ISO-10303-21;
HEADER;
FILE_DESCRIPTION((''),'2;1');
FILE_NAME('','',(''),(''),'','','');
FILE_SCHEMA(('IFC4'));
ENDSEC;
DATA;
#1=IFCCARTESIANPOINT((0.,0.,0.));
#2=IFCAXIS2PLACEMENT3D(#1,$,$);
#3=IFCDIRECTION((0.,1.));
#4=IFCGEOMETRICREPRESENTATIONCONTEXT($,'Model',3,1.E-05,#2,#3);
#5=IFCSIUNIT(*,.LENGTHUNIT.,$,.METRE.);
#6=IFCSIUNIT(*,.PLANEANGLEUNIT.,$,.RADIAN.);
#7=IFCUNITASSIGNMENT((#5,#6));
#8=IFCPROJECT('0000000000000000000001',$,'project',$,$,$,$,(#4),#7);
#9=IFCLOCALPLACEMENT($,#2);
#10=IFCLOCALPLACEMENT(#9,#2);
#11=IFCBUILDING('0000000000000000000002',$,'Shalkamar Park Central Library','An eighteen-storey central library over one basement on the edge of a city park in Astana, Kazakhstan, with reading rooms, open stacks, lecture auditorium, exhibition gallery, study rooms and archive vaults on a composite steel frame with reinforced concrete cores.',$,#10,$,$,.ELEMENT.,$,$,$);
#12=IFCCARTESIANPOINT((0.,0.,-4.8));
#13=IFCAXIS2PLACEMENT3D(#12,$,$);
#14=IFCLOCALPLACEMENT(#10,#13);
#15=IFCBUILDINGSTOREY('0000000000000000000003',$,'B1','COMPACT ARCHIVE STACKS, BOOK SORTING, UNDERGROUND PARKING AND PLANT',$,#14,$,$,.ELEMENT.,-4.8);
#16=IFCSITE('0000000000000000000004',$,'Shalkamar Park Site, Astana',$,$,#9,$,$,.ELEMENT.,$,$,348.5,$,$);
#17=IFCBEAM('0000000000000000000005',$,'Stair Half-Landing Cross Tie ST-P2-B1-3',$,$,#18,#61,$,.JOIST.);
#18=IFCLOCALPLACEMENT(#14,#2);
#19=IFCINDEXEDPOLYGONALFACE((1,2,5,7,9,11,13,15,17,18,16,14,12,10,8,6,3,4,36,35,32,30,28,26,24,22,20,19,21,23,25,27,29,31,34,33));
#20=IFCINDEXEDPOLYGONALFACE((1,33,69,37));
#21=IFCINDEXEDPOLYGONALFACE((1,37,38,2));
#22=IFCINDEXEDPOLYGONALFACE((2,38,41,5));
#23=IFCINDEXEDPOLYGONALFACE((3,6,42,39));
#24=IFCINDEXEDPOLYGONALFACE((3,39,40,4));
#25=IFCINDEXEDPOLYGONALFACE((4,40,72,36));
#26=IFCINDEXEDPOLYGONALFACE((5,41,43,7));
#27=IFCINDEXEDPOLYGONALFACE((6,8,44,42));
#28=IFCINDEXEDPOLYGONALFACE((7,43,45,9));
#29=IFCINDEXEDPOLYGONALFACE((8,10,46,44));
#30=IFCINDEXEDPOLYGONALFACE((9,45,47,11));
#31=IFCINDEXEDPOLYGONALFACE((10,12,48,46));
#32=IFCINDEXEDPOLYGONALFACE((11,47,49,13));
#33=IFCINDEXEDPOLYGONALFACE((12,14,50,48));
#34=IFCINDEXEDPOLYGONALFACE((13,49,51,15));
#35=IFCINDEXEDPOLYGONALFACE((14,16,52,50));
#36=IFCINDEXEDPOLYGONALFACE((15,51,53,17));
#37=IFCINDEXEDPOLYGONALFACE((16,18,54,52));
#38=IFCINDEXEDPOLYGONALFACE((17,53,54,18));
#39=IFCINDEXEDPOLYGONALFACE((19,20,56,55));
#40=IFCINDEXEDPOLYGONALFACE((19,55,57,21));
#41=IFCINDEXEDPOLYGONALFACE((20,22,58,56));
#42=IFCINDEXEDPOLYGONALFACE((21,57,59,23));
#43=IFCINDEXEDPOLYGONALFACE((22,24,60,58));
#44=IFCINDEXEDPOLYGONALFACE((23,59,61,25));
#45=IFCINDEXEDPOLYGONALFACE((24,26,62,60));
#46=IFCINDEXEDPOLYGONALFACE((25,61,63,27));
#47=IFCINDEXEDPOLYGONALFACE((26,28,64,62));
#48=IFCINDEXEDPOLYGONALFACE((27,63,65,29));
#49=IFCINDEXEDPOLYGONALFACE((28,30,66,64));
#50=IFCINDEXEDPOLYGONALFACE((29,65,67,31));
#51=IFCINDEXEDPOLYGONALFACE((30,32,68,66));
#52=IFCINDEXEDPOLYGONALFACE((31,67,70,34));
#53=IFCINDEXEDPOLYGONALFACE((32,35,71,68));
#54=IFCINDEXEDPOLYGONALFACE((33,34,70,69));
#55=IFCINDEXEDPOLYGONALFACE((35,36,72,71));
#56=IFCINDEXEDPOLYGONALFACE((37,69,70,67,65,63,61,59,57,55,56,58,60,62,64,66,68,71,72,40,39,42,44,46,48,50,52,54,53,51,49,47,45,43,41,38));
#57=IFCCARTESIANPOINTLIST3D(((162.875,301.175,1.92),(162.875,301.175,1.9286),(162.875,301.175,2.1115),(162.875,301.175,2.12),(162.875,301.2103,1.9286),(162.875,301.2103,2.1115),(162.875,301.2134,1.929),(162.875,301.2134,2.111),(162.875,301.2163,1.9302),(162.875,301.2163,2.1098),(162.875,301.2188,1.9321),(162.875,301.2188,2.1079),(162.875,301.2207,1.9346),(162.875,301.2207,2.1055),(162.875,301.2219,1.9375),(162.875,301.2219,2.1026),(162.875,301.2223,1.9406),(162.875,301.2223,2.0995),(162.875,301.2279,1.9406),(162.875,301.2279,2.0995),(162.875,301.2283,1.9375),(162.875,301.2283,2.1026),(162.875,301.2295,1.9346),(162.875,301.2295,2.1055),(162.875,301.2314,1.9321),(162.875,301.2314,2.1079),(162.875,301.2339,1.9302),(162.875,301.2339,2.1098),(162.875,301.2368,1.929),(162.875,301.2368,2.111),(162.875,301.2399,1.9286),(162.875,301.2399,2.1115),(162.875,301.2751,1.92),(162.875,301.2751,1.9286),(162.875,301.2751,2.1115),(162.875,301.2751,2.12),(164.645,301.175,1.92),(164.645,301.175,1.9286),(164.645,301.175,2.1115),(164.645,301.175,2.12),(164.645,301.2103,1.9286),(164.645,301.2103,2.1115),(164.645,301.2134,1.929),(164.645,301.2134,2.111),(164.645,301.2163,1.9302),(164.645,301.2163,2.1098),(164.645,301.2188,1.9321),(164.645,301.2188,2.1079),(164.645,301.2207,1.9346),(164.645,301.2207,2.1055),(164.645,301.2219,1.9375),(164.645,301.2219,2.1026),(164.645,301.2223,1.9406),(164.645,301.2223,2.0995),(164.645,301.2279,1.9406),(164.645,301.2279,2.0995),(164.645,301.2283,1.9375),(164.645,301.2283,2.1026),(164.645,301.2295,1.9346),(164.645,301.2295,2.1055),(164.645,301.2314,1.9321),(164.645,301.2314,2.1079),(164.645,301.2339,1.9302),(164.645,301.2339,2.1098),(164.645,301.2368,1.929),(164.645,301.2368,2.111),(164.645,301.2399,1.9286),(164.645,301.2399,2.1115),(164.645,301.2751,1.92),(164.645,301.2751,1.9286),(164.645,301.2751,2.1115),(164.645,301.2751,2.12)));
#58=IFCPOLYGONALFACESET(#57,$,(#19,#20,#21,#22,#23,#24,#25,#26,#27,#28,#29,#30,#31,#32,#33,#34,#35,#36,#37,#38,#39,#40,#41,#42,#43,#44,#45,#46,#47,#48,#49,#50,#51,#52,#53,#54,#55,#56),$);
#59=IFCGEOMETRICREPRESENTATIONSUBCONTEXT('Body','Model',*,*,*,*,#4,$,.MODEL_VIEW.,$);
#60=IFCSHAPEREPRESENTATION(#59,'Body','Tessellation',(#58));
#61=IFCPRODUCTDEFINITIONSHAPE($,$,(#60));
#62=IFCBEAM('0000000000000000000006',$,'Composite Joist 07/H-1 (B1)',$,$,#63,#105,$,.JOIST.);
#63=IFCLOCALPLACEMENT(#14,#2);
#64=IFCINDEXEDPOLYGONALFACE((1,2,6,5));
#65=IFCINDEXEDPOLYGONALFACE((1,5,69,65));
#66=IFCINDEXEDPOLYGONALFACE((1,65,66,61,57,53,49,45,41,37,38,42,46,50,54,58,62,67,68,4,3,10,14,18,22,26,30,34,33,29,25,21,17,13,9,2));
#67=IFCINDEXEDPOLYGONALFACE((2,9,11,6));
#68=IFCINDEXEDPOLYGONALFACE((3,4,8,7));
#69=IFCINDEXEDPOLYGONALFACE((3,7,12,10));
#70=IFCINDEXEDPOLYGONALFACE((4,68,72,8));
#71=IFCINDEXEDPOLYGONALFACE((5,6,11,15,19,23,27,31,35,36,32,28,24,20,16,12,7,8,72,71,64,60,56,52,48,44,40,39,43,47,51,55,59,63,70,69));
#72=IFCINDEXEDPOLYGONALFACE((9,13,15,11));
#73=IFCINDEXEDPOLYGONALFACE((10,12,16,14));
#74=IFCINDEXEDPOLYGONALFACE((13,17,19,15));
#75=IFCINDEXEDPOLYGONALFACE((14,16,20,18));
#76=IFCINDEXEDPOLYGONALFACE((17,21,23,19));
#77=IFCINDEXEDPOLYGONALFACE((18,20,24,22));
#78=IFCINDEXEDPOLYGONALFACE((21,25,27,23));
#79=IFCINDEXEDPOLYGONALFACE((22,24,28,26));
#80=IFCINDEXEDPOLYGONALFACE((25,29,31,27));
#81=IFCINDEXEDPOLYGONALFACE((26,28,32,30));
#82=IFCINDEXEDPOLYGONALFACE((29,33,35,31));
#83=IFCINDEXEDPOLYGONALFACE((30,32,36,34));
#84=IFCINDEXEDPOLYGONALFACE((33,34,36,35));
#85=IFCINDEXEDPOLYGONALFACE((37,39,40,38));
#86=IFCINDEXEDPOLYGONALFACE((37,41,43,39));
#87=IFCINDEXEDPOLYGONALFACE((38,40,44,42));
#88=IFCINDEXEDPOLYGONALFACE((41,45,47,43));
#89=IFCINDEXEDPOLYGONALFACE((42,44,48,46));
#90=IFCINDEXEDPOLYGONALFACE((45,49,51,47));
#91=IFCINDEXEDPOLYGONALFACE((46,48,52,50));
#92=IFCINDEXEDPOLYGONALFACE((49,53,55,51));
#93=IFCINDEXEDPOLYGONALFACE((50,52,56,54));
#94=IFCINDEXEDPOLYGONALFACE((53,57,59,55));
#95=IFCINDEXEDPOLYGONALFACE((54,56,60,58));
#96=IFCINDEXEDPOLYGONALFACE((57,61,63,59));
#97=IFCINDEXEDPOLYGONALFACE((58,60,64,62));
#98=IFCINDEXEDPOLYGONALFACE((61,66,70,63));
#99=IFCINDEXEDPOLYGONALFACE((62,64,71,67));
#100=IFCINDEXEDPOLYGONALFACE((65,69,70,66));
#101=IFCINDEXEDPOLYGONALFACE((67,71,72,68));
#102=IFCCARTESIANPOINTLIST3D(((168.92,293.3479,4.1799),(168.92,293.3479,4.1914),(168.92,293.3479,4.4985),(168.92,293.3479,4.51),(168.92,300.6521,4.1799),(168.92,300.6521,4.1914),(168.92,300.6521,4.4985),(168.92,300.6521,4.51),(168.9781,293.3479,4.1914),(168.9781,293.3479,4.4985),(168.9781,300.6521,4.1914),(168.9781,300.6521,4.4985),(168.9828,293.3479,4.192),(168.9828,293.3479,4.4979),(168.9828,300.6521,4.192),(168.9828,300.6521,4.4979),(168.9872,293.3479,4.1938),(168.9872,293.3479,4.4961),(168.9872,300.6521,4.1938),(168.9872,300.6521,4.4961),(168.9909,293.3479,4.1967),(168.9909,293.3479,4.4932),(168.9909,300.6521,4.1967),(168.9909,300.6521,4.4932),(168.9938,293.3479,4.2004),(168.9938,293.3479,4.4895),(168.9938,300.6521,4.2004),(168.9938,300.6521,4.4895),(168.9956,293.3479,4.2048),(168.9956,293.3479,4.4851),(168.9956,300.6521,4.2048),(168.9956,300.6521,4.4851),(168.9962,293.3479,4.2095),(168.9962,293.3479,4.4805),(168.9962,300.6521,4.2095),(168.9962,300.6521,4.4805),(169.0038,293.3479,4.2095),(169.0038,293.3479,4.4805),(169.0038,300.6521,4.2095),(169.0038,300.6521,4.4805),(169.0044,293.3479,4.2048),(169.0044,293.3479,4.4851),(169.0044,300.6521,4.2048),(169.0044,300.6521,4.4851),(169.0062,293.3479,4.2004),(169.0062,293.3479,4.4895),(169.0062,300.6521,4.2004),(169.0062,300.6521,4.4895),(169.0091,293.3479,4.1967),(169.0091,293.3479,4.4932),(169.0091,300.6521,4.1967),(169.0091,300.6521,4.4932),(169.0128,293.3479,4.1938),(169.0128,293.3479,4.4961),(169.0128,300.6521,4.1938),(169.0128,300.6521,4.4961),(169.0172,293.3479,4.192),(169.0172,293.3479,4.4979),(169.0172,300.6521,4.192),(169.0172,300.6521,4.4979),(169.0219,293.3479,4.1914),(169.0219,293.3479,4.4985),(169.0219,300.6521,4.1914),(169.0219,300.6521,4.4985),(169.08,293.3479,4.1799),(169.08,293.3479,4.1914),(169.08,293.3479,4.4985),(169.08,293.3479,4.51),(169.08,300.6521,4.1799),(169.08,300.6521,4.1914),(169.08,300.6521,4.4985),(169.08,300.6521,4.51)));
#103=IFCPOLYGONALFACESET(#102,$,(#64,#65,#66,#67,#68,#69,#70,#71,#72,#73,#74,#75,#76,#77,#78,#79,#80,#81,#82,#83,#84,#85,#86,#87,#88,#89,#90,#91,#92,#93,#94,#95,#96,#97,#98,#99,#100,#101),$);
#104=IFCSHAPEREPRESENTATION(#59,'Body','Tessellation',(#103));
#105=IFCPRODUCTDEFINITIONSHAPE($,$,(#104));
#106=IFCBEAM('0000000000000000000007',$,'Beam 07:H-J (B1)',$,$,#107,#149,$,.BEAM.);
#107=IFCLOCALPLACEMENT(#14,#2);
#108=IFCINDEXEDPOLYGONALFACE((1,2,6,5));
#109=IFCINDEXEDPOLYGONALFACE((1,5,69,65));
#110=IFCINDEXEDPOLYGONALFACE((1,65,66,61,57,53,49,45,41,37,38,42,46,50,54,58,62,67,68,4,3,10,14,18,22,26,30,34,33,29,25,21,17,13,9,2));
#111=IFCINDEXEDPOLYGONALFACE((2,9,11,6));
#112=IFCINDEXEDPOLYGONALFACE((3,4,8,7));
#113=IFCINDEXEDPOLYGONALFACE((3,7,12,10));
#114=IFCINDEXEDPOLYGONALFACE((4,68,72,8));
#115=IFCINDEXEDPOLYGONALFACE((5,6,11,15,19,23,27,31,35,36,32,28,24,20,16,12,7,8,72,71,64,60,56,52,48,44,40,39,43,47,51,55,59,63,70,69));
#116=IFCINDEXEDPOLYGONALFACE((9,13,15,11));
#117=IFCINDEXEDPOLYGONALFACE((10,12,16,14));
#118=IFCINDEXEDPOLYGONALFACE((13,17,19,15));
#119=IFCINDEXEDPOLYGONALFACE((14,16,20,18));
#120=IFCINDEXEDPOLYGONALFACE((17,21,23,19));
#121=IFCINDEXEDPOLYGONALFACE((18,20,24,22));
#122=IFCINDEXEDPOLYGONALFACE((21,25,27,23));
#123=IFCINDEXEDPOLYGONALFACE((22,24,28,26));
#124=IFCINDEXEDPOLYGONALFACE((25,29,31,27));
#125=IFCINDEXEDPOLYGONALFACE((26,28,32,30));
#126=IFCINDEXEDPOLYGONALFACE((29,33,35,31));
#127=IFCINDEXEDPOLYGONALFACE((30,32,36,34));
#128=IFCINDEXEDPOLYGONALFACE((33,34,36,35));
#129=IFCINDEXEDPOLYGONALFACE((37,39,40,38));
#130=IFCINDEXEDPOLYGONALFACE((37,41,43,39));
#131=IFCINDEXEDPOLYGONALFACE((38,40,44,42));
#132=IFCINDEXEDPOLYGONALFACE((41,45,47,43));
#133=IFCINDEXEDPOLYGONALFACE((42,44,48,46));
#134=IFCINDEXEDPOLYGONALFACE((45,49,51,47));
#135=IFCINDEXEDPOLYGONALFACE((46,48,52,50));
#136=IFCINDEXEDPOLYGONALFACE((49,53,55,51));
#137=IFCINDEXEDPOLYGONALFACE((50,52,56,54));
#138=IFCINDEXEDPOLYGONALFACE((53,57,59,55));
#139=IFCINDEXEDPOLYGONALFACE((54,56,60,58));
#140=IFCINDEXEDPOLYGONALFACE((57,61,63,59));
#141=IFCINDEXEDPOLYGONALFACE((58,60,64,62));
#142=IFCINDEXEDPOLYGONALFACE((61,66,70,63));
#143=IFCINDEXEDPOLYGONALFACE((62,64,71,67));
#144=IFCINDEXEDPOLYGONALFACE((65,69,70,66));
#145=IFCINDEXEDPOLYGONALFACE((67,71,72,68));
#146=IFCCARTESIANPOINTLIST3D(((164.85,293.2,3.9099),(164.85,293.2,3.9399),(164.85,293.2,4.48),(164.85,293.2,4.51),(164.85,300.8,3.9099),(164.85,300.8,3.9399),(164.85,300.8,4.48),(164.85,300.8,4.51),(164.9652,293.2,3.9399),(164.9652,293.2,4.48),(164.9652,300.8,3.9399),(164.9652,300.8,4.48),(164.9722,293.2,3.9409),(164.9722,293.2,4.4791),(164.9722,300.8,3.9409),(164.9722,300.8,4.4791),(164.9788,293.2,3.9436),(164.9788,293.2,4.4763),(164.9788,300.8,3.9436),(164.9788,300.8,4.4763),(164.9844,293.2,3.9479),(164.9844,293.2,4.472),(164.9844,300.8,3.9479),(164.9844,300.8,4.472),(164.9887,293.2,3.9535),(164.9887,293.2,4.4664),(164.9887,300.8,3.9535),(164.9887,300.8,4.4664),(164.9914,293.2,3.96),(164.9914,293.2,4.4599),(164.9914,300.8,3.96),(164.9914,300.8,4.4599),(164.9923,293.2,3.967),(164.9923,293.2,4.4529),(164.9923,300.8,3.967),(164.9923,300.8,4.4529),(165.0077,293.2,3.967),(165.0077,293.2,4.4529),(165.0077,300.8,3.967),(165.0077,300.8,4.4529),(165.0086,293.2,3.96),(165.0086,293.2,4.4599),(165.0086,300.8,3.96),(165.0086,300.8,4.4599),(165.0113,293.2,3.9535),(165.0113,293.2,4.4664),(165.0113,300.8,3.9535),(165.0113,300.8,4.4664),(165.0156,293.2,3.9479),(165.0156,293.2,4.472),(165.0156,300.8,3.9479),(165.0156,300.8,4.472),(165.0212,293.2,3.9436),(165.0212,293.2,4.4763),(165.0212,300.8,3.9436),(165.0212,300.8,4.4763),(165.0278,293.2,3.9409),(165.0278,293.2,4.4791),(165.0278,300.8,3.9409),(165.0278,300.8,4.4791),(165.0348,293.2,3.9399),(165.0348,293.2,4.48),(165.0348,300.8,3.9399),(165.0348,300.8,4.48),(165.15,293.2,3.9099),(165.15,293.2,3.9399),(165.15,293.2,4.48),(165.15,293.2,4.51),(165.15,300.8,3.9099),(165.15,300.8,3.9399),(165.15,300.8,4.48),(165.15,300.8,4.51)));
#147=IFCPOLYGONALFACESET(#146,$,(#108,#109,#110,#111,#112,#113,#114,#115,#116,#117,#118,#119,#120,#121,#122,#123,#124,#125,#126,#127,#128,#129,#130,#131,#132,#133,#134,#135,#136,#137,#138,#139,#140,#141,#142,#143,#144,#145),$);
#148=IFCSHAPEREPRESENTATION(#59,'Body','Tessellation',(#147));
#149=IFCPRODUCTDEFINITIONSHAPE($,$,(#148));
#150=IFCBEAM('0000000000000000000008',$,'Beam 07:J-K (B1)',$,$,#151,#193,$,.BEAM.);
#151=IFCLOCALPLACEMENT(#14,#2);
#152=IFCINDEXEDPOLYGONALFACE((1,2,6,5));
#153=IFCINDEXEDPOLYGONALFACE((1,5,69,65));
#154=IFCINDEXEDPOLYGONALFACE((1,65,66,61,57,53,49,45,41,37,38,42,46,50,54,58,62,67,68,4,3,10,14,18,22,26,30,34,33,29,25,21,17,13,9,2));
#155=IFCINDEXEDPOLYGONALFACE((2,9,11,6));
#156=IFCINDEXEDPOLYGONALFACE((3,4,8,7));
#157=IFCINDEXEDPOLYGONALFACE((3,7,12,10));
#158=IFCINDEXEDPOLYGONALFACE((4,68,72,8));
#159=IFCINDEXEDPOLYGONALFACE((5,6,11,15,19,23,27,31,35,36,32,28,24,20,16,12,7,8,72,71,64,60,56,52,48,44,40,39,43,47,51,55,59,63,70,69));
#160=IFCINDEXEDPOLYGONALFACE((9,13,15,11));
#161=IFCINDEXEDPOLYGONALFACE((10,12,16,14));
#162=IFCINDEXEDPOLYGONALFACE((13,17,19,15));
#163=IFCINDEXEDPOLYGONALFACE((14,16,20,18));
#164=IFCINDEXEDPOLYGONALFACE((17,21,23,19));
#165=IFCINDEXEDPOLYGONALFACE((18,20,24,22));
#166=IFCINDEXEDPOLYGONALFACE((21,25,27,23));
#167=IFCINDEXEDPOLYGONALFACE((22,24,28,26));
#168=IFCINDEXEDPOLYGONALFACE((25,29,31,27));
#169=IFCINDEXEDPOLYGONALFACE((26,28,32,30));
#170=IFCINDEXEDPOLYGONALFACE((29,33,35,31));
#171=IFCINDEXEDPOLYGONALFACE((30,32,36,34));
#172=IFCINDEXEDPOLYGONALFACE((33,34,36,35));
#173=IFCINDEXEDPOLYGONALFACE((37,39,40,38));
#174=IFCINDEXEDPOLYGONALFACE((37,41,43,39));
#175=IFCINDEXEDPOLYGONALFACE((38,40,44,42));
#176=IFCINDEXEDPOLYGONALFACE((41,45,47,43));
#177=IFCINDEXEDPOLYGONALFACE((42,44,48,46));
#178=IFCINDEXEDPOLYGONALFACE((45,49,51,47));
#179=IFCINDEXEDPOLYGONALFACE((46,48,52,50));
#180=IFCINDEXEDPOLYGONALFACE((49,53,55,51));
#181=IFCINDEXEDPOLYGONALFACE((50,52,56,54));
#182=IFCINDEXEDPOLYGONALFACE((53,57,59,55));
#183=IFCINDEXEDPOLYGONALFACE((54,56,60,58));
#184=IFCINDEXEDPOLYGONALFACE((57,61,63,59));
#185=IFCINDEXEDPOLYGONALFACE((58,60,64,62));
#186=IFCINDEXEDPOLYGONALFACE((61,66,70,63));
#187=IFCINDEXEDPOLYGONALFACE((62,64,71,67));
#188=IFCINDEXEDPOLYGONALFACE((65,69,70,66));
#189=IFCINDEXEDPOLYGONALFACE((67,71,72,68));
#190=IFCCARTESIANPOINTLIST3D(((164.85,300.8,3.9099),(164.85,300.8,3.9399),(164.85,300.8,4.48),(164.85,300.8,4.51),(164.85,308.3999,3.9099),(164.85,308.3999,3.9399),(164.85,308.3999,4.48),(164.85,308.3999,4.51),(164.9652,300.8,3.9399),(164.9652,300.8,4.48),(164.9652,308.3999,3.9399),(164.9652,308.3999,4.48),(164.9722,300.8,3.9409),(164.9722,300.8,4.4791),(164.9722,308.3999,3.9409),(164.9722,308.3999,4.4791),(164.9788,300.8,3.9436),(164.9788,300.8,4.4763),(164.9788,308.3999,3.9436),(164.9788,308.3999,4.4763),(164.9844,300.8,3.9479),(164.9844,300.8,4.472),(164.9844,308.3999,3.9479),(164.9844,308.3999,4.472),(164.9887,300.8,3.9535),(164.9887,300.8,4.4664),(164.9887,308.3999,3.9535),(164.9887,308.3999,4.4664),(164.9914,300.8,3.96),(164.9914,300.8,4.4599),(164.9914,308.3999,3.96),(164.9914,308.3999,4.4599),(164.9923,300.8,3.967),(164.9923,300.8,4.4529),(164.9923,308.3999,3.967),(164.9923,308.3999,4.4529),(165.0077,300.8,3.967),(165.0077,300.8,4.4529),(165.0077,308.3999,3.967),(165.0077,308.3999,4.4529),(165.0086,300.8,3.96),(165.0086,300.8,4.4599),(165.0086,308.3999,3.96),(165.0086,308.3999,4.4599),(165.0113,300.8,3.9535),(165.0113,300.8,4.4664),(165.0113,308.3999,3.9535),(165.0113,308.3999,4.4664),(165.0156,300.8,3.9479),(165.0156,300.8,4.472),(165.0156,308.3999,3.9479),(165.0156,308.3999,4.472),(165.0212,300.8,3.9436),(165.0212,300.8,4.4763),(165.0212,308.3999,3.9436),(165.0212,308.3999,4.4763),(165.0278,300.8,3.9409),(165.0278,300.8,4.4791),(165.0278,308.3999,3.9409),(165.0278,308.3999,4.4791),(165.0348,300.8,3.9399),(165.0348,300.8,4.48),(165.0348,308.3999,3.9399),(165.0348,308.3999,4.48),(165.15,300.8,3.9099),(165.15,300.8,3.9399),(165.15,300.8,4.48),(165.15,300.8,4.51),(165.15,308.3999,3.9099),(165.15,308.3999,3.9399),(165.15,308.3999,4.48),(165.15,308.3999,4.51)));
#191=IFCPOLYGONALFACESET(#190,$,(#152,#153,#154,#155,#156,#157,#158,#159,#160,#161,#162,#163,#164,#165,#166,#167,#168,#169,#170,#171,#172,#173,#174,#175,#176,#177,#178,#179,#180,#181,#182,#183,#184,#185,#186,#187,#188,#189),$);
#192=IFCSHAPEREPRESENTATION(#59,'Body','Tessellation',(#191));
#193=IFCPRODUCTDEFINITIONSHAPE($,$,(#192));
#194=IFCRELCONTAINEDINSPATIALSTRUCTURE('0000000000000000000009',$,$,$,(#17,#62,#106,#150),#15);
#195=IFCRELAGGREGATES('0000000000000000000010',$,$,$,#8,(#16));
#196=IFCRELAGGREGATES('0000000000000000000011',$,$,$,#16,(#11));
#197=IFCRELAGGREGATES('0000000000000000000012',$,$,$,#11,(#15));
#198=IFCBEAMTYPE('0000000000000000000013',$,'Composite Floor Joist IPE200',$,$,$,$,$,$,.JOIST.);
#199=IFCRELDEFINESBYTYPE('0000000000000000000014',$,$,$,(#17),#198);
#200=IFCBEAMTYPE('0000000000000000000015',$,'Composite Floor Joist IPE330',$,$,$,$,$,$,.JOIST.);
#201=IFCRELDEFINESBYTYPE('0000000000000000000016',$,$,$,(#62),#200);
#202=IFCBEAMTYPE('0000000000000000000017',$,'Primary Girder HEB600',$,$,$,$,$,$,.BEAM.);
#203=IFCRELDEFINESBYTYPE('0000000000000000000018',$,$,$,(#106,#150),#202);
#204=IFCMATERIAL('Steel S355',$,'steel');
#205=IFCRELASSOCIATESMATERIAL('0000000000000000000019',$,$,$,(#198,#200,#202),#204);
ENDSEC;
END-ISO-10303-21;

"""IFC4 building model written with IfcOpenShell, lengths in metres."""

from ifc_helpers import new_model, si_unit, direction, frame, origin, origin_2d, place, context, subcontext, project, spatial, i_section, extrude, material, material_profile, profile_set, type_object, element, save


model = new_model("IFC4")

# Units and contexts
model_context = context("Model", 3, precision=1e-05, world=origin(), true_north=direction((0.0, 1.0)))
body_context = subcontext(model_context, "Body", "Model", "MODEL_VIEW")
ifc_project = project(units=[si_unit("LENGTHUNIT", "METRE"), si_unit("PLANEANGLEUNIT", "RADIAN")], contexts=[model_context])

# Site, building, storey
site_placement = place(None, origin())
site = spatial("IfcSite", under=ifc_project, at=site_placement, Name="Shalkamar Park Site, Astana", CompositionType="ELEMENT", RefElevation=348.5)
building_placement = place(site_placement, origin())
building = spatial("IfcBuilding", under=site, at=building_placement, Name="Shalkamar Park Central Library", Description="An eighteen-storey central library over one basement on the edge of a city park in Astana, Kazakhstan, with reading rooms, open stacks, lecture auditorium, exhibition gallery, study rooms and archive vaults on a composite steel frame with reinforced concrete cores.", CompositionType="ELEMENT")
storey_placement = place(building_placement, frame((0.0, 0.0, -4.8)))
storey = spatial("IfcBuildingStorey", under=building, at=storey_placement, Name="B1", Description="COMPACT ARCHIVE STACKS, BOOK SORTING, UNDERGROUND PARKING AND PLANT", CompositionType="ELEMENT", Elevation=-4.8)

# Shared definitions
ifc_material_1 = material(Name="Steel S355", Category="steel")

# Beams
ifc_material_profile_1 = material_profile(ifc_material_1, i_section(OverallWidth=0.1001, OverallDepth=0.2, WebThickness=0.0056, FlangeThickness=0.0085, FilletRadius=0.012, at=origin_2d()), Name="IPE 200")
ifc_profile_set_1 = profile_set([ifc_material_profile_1], Name="Steel S355")
beam_type_1 = type_object("IfcBeamType", Name="Composite Floor Joist IPE200", PredefinedType="JOIST", material=ifc_profile_set_1)
beam_1_placement = place(storey_placement, frame((162.875, 301.2251, 2.02), z_axis=(1.0, 0.0, 0.0), x_axis=(0.0, 1.0, 0.0)))
element("IfcBeam", 1, at=beam_1_placement, inside=storey, type_object=beam_type_1, Name="Stair Half-Landing Cross Tie ST-P2-B1-3", PredefinedType="JOIST", context=body_context, shape_type="SweptSolid", body=[
    extrude(i_section(OverallWidth=0.1001, OverallDepth=0.2, WebThickness=0.0056, FlangeThickness=0.0085, FilletRadius=0.012, at=origin_2d()), origin(), (0.0, 0.0, 1.0), 1.77),
])
ifc_material_profile_2 = material_profile(ifc_material_1, i_section(OverallWidth=0.1599, OverallDepth=0.3301, WebThickness=0.0076, FlangeThickness=0.0115, FilletRadius=0.0181, at=origin_2d()), Name="IPE 330")
ifc_profile_set_2 = profile_set([ifc_material_profile_2], Name="Steel S355")
beam_type_2 = type_object("IfcBeamType", Name="Composite Floor Joist IPE330", PredefinedType="JOIST", material=ifc_profile_set_2)
beam_2_placement = place(storey_placement, frame((169.0, 293.3479, 4.345), z_axis=(0.0, 1.0, 0.0), x_axis=(-1.0, 0.0, 0.0)))
element("IfcBeam", 2, at=beam_2_placement, inside=storey, type_object=beam_type_2, Name="Composite Joist 07/H-1 (B1)", PredefinedType="JOIST", context=body_context, shape_type="SweptSolid", body=[
    extrude(i_section(OverallWidth=0.1599, OverallDepth=0.3301, WebThickness=0.0076, FlangeThickness=0.0115, FilletRadius=0.0181, at=origin_2d()), origin(), (0.0, 0.0, 1.0), 7.3042),
])
ifc_material_profile_3 = material_profile(ifc_material_1, i_section(OverallWidth=0.3, OverallDepth=0.6001, WebThickness=0.0154, FlangeThickness=0.03, FilletRadius=0.0271, at=origin_2d()), Name="HEB 600")
ifc_profile_set_3 = profile_set([ifc_material_profile_3], Name="Steel S355")
beam_type_3 = type_object("IfcBeamType", Name="Primary Girder HEB600", PredefinedType="BEAM", material=ifc_profile_set_3)
beam_3_placement = place(storey_placement, frame((165.0, 293.2, 4.21), z_axis=(0.0, 1.0, 0.0), x_axis=(-1.0, 0.0, 0.0)))
element("IfcBeam", 3, at=beam_3_placement, inside=storey, type_object=beam_type_3, Name="Beam 07:H-J (B1)", PredefinedType="BEAM", context=body_context, shape_type="SweptSolid", body=[
    extrude(i_section(OverallWidth=0.3, OverallDepth=0.6001, WebThickness=0.0154, FlangeThickness=0.03, FilletRadius=0.0271, at=origin_2d()), origin(), (0.0, 0.0, 1.0), 7.6001),
])
beam_4_placement = place(storey_placement, frame((165.0, 300.8, 4.21), z_axis=(0.0, 1.0, 0.0), x_axis=(-1.0, 0.0, 0.0)))
element("IfcBeam", 4, at=beam_4_placement, inside=storey, type_object=beam_type_3, Name="Beam 07:J-K (B1)", PredefinedType="BEAM", context=body_context, shape_type="SweptSolid", body=[
    extrude(i_section(OverallWidth=0.3, OverallDepth=0.6001, WebThickness=0.0154, FlangeThickness=0.03, FilletRadius=0.0271, at=origin_2d()), origin(), (0.0, 0.0, 1.0), 7.5999),
])

save(model, "model.ifc")
